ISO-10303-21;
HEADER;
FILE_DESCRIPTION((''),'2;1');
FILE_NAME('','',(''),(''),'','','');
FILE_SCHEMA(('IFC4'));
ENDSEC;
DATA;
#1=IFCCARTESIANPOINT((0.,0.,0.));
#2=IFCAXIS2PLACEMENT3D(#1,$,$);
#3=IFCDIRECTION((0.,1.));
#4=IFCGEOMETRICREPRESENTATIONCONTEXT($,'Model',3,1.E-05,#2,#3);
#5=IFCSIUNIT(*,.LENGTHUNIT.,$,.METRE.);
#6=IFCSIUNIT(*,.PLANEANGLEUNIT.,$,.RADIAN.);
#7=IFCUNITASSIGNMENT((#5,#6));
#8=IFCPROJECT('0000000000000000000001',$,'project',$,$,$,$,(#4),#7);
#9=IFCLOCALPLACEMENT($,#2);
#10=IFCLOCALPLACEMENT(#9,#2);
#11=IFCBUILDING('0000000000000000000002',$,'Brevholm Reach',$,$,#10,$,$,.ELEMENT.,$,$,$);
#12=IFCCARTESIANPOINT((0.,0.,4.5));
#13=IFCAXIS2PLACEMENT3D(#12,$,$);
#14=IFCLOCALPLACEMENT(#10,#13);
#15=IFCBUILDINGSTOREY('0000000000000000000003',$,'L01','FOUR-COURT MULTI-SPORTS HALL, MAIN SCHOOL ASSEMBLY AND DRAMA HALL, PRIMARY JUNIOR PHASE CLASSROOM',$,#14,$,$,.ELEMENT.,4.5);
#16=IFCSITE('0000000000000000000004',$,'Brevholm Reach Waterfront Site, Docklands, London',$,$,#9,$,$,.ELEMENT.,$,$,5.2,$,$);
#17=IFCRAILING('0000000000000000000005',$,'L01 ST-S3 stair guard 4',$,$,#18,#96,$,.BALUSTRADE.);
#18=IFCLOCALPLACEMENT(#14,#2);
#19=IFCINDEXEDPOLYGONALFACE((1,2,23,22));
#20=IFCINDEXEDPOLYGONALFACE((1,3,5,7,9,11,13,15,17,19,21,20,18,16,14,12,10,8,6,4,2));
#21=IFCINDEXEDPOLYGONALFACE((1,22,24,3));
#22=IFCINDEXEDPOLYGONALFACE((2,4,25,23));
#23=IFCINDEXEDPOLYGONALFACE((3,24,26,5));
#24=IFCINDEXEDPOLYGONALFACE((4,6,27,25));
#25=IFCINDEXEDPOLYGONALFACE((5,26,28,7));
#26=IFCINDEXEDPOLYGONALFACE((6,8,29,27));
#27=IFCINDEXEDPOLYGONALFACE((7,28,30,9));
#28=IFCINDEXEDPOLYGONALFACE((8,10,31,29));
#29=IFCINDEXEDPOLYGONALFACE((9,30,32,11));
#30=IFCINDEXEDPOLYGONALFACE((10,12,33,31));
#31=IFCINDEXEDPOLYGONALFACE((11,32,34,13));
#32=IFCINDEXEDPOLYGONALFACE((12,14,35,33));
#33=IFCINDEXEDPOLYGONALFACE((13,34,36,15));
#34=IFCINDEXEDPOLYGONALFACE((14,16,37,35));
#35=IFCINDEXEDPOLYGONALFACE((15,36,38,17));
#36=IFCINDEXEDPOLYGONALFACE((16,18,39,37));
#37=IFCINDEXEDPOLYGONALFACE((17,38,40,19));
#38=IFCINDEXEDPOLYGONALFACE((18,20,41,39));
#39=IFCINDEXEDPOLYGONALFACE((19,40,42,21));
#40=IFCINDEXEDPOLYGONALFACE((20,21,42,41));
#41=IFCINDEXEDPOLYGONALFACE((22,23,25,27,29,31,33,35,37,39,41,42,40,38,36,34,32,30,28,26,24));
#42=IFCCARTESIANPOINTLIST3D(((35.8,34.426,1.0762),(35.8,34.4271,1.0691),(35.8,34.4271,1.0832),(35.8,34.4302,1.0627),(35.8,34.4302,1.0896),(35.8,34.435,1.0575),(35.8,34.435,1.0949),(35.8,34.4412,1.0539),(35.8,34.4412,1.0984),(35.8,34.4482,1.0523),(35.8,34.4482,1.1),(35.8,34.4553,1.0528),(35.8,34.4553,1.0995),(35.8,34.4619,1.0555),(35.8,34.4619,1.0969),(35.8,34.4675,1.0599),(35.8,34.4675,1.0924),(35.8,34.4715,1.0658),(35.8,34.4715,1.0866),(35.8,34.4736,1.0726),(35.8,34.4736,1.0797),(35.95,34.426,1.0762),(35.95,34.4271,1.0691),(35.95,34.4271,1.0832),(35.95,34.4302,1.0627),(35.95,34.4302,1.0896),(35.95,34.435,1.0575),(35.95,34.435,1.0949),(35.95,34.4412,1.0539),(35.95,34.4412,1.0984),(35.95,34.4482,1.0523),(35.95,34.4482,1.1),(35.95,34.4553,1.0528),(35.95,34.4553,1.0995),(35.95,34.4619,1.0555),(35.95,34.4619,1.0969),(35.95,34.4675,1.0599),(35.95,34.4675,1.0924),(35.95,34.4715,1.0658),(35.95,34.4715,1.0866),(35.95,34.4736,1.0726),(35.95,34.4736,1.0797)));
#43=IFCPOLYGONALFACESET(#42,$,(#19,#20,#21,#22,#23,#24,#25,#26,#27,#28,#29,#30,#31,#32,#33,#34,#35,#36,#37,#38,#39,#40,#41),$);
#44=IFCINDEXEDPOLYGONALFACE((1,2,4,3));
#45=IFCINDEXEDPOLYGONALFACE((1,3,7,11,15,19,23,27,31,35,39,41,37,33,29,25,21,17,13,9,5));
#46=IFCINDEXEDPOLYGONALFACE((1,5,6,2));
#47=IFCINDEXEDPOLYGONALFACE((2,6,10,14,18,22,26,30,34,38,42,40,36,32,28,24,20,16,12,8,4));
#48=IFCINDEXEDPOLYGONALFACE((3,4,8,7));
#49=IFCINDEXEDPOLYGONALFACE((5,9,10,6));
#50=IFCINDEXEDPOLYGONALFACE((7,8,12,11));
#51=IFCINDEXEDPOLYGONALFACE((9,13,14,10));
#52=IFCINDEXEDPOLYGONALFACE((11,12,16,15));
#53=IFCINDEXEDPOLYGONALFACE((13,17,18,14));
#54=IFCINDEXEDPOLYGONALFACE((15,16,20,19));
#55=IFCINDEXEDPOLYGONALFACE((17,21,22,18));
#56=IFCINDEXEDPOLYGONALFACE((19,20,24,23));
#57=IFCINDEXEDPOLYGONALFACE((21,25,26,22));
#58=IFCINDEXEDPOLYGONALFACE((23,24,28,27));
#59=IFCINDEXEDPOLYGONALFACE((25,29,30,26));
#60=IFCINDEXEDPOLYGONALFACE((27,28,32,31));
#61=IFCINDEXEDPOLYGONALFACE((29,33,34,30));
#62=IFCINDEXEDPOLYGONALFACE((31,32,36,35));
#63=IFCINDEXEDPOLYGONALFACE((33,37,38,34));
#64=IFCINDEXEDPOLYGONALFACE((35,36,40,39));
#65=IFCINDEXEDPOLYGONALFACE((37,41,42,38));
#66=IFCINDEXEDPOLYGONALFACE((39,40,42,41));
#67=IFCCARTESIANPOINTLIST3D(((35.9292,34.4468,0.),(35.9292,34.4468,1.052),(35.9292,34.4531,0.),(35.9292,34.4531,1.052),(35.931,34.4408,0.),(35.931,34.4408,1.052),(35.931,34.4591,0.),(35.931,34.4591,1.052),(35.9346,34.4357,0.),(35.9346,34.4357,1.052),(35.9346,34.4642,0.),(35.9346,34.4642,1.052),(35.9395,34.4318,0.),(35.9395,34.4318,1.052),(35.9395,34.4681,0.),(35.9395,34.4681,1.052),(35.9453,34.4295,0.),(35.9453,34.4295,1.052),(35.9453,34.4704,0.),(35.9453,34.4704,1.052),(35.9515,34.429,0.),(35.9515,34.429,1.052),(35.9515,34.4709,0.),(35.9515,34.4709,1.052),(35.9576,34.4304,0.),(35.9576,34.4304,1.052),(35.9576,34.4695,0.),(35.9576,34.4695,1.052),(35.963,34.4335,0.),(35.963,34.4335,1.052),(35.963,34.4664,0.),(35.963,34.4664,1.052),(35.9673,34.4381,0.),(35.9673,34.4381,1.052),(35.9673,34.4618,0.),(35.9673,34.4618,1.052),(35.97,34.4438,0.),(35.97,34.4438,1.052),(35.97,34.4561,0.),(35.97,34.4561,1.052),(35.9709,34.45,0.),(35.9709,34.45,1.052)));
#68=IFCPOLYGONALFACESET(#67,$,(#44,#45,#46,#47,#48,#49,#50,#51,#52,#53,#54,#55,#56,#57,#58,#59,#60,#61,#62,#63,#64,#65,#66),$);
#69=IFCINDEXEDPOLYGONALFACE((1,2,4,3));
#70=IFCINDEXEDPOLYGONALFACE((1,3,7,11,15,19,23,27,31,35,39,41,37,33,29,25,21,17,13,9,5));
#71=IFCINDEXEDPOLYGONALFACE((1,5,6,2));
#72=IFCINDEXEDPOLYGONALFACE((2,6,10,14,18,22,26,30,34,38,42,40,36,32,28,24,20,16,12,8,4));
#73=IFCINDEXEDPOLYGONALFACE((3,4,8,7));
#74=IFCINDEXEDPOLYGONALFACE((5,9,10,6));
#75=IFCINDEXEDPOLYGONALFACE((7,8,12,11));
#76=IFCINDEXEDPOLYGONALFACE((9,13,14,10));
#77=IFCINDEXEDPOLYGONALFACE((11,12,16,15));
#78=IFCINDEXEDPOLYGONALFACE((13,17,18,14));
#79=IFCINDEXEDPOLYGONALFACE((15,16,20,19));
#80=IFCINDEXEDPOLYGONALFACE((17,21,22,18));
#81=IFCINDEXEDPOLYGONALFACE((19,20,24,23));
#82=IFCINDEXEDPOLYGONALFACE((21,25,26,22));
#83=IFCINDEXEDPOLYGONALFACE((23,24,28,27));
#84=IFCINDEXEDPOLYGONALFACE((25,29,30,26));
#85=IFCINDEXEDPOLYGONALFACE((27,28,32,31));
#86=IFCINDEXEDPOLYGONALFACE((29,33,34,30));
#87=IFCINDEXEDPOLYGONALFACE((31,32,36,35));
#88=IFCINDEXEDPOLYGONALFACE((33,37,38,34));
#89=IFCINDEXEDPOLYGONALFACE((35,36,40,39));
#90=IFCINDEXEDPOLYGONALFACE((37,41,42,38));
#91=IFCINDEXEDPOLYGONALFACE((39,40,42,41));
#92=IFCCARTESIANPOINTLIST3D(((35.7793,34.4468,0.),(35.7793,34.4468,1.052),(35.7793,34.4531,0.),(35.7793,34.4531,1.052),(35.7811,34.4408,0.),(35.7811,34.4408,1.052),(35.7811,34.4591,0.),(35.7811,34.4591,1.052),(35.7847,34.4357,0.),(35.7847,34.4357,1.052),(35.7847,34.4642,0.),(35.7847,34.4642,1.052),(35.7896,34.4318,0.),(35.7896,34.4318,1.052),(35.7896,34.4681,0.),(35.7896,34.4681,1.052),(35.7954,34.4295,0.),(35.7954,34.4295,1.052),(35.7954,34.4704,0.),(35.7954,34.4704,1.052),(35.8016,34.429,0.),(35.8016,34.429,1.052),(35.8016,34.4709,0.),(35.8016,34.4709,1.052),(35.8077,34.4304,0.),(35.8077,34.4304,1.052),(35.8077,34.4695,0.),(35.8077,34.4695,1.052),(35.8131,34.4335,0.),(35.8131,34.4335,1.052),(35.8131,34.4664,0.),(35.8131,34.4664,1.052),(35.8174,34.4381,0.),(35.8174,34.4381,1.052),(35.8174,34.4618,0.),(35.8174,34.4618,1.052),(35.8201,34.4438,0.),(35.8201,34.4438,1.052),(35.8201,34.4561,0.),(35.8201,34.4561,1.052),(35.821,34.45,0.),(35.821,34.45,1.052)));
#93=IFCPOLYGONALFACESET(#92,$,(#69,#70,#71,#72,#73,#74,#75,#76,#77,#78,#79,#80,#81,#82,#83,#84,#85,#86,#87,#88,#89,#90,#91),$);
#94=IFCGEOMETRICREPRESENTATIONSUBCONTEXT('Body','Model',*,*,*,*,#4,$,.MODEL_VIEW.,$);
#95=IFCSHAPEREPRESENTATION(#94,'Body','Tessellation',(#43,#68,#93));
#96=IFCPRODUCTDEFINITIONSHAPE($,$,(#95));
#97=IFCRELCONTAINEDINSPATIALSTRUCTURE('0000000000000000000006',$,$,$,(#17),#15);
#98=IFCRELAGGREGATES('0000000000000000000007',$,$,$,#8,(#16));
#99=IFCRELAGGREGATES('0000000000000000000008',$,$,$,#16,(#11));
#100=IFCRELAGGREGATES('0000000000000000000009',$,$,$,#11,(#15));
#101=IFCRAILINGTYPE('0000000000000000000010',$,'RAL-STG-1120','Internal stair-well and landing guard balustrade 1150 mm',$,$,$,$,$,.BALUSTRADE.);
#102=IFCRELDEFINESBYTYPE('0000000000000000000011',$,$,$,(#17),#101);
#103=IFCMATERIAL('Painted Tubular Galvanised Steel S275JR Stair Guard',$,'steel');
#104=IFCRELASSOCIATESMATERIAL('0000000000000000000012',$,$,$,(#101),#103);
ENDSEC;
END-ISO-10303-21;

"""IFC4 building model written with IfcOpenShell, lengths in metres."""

from ifc_helpers import new_model, si_unit, direction, frame, origin, origin_2d, place, context, subcontext, project, spatial, circle, extrude, material, type_object, element, save


model = new_model("IFC4")

# Units and contexts
model_context = context("Model", 3, precision=1e-05, world=origin(), true_north=direction((0.0, 1.0)))
body_context = subcontext(model_context, "Body", "Model", "MODEL_VIEW")
ifc_project = project(units=[si_unit("LENGTHUNIT", "METRE"), si_unit("PLANEANGLEUNIT", "RADIAN")], contexts=[model_context])

# Site, building, storey
site_placement = place(None, origin())
site = spatial("IfcSite", under=ifc_project, at=site_placement, Name="Brevholm Reach Waterfront Site, Docklands, London", CompositionType="ELEMENT", RefElevation=5.2)
building_placement = place(site_placement, origin())
building = spatial("IfcBuilding", under=site, at=building_placement, Name="Brevholm Reach", CompositionType="ELEMENT")
storey_placement = place(building_placement, frame((0.0, 0.0, 4.5)))
storey = spatial("IfcBuildingStorey", under=building, at=storey_placement, Name="L01", Description="FOUR-COURT MULTI-SPORTS HALL, MAIN SCHOOL ASSEMBLY AND DRAMA HALL, PRIMARY JUNIOR PHASE CLASSROOM", CompositionType="ELEMENT", Elevation=4.5)

# Railing
ifc_material_1 = material(Name="Painted Tubular Galvanised Steel S275JR Stair Guard", Category="steel")
railing_type_1 = type_object("IfcRailingType", Name="RAL-STG-1120", Description="Internal stair-well and landing guard balustrade 1150 mm", PredefinedType="BALUSTRADE", material=ifc_material_1)
railing_1_placement = place(storey_placement, frame((35.95, 34.45, 0.0)))
element("IfcRailing", 1, at=railing_1_placement, inside=storey, type_object=railing_type_1, Name="L01 ST-S3 stair guard 4", PredefinedType="BALUSTRADE", context=body_context, shape_type="SweptSolid", body=[
    extrude(circle(Radius=0.0239, at=origin_2d()), frame((0.0, 0.0, 1.0762), z_axis=(-1.0, 0.0, 0.0), x_axis=(0.0, -1.0, 0.0)), (0.0, 0.0, 1.0), 0.1499),
    extrude(circle(Radius=0.021, at=origin_2d()), origin(), (0.0, 0.0, 1.0), 1.052),
    extrude(circle(Radius=0.021, at=origin_2d()), frame((-0.1499, 0.0, 0.0)), (0.0, 0.0, 1.0), 1.052),
])

save(model, "model.ifc")
